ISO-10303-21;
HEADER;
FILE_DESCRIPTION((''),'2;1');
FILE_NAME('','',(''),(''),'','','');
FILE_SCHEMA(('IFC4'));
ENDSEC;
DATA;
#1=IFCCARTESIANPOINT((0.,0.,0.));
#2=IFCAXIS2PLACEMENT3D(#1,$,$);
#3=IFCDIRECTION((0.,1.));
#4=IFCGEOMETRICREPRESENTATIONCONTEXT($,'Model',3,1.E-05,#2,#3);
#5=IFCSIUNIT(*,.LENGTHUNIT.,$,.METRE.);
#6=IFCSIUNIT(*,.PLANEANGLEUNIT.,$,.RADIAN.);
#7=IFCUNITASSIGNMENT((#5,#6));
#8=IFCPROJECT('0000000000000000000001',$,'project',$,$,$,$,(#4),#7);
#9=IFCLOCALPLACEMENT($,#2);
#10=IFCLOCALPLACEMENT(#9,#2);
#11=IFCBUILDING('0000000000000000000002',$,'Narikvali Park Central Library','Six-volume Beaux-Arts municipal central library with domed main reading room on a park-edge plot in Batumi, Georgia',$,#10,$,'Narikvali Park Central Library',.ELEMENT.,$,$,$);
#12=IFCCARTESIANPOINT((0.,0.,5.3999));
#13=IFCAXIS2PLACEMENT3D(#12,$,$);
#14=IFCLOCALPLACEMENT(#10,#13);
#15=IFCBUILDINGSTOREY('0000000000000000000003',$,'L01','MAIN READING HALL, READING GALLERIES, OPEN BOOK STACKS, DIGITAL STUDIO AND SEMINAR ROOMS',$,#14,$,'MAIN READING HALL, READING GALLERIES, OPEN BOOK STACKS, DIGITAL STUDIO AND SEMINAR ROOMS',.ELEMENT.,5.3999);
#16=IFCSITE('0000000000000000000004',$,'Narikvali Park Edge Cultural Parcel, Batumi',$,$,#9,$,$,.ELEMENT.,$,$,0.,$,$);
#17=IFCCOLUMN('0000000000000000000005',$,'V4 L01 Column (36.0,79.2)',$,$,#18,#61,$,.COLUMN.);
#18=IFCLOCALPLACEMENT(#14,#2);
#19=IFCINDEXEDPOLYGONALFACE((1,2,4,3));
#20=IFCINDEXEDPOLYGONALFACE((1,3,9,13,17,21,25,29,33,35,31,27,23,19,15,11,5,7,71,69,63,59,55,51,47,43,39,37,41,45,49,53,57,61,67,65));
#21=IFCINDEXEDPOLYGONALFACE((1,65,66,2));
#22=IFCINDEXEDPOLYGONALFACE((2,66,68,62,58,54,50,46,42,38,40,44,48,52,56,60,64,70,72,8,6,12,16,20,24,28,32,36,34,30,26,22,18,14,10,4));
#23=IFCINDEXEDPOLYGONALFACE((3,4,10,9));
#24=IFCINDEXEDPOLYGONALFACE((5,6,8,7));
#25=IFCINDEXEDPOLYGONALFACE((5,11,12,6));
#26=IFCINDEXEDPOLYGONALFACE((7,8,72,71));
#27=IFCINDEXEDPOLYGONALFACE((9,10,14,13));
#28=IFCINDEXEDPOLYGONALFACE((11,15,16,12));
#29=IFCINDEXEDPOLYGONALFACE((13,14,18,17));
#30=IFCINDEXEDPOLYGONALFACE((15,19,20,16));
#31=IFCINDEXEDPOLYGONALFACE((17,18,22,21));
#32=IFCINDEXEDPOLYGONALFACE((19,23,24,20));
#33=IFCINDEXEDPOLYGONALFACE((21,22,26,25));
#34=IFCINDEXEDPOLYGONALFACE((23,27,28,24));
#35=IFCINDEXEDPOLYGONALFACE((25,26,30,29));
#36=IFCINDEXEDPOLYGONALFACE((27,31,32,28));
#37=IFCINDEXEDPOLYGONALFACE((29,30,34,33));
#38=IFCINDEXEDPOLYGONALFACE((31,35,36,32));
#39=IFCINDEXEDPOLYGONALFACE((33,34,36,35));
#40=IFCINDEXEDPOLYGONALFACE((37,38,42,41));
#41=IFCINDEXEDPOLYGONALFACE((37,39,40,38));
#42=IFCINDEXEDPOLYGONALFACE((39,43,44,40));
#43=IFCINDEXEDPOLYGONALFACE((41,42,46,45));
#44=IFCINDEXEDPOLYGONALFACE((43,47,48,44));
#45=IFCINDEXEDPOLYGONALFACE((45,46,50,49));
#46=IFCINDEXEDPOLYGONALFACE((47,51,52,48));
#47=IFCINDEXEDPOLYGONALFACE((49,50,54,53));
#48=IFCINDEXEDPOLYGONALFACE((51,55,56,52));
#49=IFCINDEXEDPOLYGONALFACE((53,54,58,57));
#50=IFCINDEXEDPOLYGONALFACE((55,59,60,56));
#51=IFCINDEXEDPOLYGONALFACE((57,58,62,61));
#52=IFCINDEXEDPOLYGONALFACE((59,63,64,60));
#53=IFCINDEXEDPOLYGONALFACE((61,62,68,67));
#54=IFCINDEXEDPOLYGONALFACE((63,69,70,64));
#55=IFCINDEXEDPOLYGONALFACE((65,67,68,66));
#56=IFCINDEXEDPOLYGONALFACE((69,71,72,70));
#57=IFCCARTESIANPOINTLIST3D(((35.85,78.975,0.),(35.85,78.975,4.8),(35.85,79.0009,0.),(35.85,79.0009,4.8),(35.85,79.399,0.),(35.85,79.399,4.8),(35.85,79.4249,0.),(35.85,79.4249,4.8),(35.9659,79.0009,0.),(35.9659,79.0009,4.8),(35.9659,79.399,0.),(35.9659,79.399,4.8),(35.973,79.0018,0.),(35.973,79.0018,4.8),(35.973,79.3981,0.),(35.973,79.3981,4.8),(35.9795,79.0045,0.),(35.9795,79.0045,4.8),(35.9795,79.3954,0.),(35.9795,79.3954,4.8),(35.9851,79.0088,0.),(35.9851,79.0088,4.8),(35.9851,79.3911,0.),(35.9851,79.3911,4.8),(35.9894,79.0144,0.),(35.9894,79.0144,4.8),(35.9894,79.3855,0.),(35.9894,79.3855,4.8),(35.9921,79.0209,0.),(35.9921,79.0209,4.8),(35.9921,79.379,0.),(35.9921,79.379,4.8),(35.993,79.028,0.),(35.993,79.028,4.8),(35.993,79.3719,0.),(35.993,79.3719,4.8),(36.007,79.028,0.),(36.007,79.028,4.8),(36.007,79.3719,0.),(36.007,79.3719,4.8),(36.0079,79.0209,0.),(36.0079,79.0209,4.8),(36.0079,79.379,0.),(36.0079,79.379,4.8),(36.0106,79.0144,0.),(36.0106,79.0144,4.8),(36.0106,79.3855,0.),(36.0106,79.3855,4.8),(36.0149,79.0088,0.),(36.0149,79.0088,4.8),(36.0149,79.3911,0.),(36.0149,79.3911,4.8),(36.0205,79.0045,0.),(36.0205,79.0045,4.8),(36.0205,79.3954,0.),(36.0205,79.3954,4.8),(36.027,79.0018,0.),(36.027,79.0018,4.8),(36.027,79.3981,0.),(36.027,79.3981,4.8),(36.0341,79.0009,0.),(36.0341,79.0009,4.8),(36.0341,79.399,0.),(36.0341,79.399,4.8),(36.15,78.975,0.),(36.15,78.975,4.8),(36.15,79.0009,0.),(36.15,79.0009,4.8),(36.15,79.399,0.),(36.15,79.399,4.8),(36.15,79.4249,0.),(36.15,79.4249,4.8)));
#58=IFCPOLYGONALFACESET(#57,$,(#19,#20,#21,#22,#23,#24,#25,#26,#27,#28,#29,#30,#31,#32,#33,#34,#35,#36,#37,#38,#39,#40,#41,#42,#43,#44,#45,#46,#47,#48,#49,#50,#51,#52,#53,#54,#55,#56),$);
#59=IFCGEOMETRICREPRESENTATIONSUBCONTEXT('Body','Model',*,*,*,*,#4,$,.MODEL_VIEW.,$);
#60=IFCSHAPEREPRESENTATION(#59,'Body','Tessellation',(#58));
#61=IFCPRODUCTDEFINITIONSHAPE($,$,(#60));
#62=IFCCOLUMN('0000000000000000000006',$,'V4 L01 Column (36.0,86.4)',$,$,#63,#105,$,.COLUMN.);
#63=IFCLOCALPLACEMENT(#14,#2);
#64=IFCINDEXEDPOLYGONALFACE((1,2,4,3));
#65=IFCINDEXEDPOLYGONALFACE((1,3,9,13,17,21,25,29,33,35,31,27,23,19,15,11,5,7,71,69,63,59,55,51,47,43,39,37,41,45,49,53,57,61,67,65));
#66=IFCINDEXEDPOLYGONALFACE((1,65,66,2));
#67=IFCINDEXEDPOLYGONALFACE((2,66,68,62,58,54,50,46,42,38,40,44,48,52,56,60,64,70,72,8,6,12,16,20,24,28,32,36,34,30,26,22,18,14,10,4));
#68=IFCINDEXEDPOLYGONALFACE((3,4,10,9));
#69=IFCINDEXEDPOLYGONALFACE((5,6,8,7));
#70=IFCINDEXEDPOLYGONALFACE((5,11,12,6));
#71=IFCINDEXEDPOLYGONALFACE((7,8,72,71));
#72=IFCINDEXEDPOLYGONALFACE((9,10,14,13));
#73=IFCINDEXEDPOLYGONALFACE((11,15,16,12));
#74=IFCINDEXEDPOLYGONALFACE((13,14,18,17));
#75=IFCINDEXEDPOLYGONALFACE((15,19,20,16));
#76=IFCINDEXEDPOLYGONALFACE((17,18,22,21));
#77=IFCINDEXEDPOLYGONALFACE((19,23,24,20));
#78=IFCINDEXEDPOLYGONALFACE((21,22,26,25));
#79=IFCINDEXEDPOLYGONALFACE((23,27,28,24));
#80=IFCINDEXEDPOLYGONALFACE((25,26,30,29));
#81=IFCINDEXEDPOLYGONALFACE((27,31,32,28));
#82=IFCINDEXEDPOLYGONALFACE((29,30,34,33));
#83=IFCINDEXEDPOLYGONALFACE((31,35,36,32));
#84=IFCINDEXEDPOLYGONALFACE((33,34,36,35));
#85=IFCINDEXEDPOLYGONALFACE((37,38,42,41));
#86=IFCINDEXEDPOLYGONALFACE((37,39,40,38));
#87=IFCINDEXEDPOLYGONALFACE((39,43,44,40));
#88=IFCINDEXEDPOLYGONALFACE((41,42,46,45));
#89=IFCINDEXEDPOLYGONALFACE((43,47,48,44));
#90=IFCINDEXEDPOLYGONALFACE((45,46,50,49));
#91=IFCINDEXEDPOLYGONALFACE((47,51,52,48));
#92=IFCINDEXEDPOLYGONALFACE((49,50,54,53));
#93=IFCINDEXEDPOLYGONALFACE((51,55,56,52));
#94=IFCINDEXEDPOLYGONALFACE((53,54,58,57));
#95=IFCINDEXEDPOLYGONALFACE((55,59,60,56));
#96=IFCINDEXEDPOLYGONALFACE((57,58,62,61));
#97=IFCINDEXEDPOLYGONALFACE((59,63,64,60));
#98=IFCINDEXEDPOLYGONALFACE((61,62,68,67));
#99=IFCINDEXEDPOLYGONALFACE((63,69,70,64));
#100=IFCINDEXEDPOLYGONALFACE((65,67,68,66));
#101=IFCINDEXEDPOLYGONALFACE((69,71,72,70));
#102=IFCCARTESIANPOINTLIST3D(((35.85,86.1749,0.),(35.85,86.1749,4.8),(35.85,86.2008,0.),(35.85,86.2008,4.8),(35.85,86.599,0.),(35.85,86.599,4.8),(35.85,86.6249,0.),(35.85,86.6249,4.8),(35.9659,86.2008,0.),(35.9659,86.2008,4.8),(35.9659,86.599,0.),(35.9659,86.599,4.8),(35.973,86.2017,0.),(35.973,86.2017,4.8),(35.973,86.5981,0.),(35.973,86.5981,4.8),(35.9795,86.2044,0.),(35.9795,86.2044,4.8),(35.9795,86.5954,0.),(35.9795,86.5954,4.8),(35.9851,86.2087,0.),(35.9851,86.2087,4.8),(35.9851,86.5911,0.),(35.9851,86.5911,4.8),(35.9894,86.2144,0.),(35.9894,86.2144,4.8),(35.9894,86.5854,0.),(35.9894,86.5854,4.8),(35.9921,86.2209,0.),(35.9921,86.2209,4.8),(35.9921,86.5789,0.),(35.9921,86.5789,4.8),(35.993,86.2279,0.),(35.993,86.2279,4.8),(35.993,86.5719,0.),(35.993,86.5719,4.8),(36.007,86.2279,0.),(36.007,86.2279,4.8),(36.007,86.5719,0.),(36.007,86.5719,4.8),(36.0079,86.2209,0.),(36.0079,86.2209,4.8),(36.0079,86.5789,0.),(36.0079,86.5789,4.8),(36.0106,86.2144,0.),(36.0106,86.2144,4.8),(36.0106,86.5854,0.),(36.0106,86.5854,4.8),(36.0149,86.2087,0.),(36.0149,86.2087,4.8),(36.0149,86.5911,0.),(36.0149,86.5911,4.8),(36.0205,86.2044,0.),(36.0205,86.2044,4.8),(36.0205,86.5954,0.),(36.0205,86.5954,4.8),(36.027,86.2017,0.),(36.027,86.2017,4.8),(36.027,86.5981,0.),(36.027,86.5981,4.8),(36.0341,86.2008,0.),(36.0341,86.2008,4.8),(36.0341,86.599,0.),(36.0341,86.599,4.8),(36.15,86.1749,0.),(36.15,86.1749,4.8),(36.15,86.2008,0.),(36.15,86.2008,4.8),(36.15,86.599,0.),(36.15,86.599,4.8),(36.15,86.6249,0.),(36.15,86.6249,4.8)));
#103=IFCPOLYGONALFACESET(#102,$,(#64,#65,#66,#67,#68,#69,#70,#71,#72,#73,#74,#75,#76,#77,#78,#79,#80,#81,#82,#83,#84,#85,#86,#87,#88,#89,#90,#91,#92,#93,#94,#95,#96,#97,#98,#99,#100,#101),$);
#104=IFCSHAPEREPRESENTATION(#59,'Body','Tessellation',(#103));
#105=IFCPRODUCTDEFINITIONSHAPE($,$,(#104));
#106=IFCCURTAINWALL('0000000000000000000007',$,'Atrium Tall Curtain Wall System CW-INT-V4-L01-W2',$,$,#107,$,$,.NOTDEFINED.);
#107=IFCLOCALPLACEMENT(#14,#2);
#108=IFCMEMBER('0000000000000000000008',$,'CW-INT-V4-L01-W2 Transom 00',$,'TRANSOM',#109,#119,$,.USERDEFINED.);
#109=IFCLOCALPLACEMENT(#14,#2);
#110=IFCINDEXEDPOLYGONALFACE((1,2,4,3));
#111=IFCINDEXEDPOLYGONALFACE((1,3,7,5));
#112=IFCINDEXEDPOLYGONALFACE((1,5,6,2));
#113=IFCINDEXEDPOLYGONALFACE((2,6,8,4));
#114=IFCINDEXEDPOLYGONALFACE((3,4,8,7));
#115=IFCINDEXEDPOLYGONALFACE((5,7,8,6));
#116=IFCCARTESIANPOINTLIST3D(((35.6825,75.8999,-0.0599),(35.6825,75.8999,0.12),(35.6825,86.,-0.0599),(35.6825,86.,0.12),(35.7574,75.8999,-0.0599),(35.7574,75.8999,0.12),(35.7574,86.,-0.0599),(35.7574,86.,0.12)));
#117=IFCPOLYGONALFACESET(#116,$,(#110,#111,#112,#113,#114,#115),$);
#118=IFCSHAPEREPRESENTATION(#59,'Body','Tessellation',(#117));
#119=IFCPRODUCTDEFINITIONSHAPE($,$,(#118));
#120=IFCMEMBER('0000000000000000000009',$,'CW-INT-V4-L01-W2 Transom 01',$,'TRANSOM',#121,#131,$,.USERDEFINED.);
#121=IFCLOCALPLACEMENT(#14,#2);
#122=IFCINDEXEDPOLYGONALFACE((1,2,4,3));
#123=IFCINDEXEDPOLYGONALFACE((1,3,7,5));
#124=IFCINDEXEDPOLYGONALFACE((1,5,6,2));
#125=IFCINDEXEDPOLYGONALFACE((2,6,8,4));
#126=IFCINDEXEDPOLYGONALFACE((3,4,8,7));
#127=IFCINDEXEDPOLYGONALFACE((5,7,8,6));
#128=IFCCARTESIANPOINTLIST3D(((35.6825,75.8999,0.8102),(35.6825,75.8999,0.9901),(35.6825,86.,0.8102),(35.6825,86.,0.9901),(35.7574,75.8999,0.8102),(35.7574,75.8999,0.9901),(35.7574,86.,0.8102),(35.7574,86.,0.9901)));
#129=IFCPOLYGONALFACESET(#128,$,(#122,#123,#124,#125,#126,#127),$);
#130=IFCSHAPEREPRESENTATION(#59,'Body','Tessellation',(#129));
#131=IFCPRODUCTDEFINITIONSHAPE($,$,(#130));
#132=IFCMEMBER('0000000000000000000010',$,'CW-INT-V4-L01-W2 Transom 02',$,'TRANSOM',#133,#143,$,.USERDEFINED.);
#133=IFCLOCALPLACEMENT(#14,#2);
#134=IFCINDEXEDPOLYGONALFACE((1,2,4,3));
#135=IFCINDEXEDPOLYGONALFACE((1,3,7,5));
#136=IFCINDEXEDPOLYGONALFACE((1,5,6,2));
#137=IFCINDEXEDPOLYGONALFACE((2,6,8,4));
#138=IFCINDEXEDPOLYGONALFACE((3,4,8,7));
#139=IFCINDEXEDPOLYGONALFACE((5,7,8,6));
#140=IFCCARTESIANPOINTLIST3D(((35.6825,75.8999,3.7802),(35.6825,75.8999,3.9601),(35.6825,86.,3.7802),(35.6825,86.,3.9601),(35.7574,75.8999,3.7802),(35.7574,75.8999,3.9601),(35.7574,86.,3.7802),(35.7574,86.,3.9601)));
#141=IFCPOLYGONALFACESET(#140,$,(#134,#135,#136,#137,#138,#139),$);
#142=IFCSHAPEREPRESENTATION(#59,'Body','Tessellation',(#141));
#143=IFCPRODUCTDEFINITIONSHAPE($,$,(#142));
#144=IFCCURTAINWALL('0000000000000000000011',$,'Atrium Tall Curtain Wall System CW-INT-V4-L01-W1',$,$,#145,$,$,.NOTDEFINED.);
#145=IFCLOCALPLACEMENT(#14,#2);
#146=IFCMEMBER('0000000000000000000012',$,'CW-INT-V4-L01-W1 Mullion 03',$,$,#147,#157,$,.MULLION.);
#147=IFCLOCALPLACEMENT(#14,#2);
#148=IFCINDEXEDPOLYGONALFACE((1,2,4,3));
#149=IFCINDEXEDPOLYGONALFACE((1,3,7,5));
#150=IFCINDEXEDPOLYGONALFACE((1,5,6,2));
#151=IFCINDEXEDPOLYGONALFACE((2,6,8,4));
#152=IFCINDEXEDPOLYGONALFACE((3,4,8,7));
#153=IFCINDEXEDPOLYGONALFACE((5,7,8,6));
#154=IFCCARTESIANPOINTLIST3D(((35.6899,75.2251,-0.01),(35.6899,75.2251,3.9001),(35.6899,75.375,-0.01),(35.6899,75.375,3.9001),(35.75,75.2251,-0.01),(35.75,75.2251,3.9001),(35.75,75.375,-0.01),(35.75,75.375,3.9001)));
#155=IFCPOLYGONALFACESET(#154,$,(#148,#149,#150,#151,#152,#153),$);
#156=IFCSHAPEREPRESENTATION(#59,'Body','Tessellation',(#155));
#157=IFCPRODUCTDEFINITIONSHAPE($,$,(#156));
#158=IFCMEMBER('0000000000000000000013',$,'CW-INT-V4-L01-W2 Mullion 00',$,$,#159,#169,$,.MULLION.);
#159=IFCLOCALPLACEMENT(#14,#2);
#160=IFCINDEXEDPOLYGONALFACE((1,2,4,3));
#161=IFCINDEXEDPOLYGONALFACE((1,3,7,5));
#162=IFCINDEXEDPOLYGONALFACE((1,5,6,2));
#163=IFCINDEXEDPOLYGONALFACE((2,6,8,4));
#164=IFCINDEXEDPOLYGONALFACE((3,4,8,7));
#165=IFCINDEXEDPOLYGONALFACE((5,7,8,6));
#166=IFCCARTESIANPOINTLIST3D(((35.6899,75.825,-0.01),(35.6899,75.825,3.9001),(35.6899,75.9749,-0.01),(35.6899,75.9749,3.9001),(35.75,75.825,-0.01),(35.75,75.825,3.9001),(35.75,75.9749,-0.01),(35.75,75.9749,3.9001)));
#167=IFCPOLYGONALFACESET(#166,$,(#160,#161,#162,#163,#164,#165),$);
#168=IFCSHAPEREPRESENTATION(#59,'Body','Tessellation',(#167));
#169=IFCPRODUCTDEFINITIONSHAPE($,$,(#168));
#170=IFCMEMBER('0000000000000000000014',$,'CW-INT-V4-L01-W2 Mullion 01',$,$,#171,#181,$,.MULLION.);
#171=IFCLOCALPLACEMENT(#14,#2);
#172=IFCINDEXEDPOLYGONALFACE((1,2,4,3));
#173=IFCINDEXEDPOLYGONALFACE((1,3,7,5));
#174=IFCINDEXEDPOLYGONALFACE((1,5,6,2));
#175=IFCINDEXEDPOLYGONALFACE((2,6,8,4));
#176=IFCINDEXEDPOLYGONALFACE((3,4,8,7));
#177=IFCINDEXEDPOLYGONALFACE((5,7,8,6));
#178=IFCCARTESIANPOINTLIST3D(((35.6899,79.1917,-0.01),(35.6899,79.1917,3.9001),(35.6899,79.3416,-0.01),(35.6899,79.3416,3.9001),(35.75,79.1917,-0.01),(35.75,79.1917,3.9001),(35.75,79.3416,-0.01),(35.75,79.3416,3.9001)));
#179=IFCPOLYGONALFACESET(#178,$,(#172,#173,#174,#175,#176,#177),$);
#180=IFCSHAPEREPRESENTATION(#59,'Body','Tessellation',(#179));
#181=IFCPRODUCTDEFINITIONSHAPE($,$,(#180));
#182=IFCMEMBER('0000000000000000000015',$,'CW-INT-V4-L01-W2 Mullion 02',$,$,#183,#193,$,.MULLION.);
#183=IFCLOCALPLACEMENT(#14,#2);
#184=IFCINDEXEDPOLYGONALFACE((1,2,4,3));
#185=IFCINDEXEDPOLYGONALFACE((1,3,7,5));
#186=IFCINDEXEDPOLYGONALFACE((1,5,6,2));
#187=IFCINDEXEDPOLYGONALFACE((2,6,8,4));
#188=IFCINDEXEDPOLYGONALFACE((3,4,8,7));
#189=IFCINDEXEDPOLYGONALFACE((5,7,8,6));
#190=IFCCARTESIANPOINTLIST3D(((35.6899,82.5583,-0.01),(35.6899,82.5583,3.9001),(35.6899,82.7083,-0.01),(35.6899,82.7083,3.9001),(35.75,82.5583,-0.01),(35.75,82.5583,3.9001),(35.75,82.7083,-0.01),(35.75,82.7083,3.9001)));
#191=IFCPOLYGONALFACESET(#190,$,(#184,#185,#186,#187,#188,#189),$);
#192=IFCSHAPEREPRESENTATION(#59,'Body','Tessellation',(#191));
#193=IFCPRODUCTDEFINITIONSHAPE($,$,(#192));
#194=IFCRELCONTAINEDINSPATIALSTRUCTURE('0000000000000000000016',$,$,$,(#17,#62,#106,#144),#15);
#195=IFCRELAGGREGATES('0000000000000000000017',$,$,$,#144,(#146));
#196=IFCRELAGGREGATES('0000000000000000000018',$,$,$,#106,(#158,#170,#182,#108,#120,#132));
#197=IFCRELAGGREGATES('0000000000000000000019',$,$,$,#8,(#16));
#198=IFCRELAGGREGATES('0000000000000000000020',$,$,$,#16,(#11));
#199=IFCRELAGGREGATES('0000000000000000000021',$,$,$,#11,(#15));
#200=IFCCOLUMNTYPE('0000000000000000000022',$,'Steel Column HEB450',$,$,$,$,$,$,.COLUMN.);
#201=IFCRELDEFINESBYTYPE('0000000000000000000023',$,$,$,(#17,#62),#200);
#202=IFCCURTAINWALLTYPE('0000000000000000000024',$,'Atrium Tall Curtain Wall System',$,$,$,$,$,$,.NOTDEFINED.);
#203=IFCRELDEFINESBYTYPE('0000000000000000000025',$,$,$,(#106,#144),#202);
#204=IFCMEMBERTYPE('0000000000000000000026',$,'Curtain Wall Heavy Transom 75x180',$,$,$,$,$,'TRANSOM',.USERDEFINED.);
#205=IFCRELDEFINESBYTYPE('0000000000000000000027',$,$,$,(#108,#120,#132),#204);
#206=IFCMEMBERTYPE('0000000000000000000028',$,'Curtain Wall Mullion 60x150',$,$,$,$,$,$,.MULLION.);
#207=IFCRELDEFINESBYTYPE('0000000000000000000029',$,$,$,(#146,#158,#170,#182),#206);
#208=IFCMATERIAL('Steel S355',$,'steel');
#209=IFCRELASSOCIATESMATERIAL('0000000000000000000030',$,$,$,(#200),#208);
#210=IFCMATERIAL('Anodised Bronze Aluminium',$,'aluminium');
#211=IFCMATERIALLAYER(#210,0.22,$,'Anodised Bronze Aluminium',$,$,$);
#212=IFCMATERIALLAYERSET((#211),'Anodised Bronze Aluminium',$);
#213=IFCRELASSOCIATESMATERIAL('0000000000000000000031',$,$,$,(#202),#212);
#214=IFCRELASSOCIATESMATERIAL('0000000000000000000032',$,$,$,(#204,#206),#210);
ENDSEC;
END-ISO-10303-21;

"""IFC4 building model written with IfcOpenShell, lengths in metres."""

from ifc_helpers import new_model, si_unit, direction, frame, origin, origin_2d, place, context, subcontext, project, spatial, rectangle, i_section, extrude, material, layer, layer_set, material_profile, profile_set, type_object, element, aggregate, save


model = new_model("IFC4")

# Units and contexts
model_context = context("Model", 3, precision=1e-05, world=origin(), true_north=direction((0.0, 1.0)))
body_context = subcontext(model_context, "Body", "Model", "MODEL_VIEW")
ifc_project = project(units=[si_unit("LENGTHUNIT", "METRE"), si_unit("PLANEANGLEUNIT", "RADIAN")], contexts=[model_context])

# Site, building, storey
site_placement = place(None, origin())
site = spatial("IfcSite", under=ifc_project, at=site_placement, Name="Narikvali Park Edge Cultural Parcel, Batumi", CompositionType="ELEMENT", RefElevation=0.0)
building_placement = place(site_placement, origin())
building = spatial("IfcBuilding", under=site, at=building_placement, Name="Narikvali Park Central Library", Description="Six-volume Beaux-Arts municipal central library with domed main reading room on a park-edge plot in Batumi, Georgia", LongName="Narikvali Park Central Library", CompositionType="ELEMENT")
storey_placement = place(building_placement, frame((0.0, 0.0, 5.3999)))
storey = spatial("IfcBuildingStorey", under=building, at=storey_placement, Name="L01", Description="MAIN READING HALL, READING GALLERIES, OPEN BOOK STACKS, DIGITAL STUDIO AND SEMINAR ROOMS", LongName="MAIN READING HALL, READING GALLERIES, OPEN BOOK STACKS, DIGITAL STUDIO AND SEMINAR ROOMS", CompositionType="ELEMENT", Elevation=5.3999)

# Columns
ifc_material_1 = material(Name="Steel S355", Category="steel")
ifc_material_profile_1 = material_profile(ifc_material_1, i_section(OverallWidth=0.3, OverallDepth=0.45, WebThickness=0.0139, FlangeThickness=0.0259, FilletRadius=0.0271, at=origin_2d()), Name="HEB 450")
ifc_profile_set_1 = profile_set([ifc_material_profile_1], Name="Steel S355")
column_type = type_object("IfcColumnType", Name="Steel Column HEB450", PredefinedType="COLUMN", material=ifc_profile_set_1)
for number, where, z_axis, x_axis, name in (
    (1, (36.0, 79.2, 0.0), (0.0, 0.0, 1.0), (1.0, 0.0, 0.0), "V4 L01 Column (36.0,79.2)"),
    (2, (36.0, 86.3999, 0.0), (0.0, 0.0, 1.0), (1.0, 0.0, 0.0), "V4 L01 Column (36.0,86.4)"),
):
    element("IfcColumn", number, at=place(storey_placement, frame(where, z_axis=z_axis, x_axis=x_axis)), inside=storey, type_object=column_type, Name=name, PredefinedType="COLUMN", context=body_context, shape_type="SweptSolid", body=[
        extrude(i_section(OverallWidth=0.3, OverallDepth=0.45, WebThickness=0.0139, FlangeThickness=0.0259, FilletRadius=0.0271, at=origin_2d()), origin(), (0.0, 0.0, 1.0), 4.8),
    ])

# Curtain wall, members
ifc_material_2 = material(Name="Anodised Bronze Aluminium", Category="aluminium")
ifc_layer_1 = layer(ifc_material_2, 0.22, Name="Anodised Bronze Aluminium")
ifc_layer_set_1 = layer_set([ifc_layer_1], Name="Anodised Bronze Aluminium")
curtain_wall_type = type_object("IfcCurtainWallType", Name="Atrium Tall Curtain Wall System", PredefinedType="NOTDEFINED", material=ifc_layer_set_1)
curtain_wall_1_placement = place(storey_placement, origin())
curtain_wall_1 = element("IfcCurtainWall", 3, at=curtain_wall_1_placement, inside=storey, type_object=curtain_wall_type, Name="Atrium Tall Curtain Wall System CW-INT-V4-L01-W2", PredefinedType="NOTDEFINED")
ifc_material_profile_2 = material_profile(ifc_material_2, rectangle(XDim=0.075, YDim=0.1799, at=origin_2d()), Name="CW TRANSOM 75x180")
ifc_profile_set_2 = profile_set([ifc_material_profile_2], Name="Anodised Bronze Aluminium")
member_type_1 = type_object("IfcMemberType", Name="Curtain Wall Heavy Transom 75x180", ElementType="TRANSOM", PredefinedType="USERDEFINED", material=ifc_profile_set_2)
member_1_placement = place(storey_placement, frame((35.72, 75.8999, 0.03), z_axis=(0.0, 1.0, 0.0), x_axis=(-1.0, 0.0, 0.0)))
member_1 = element("IfcMember", 4, at=member_1_placement, type_object=member_type_1, Name="CW-INT-V4-L01-W2 Transom 00", ObjectType="TRANSOM", PredefinedType="USERDEFINED", context=body_context, shape_type="SweptSolid", body=[
    extrude(rectangle(XDim=0.075, YDim=0.1799, at=origin_2d()), origin(), (0.0, 0.0, 1.0), 10.1001),
])
member_2_placement = place(storey_placement, frame((35.72, 75.8999, 0.9001), z_axis=(0.0, 1.0, 0.0), x_axis=(-1.0, 0.0, 0.0)))
member_2 = element("IfcMember", 5, at=member_2_placement, type_object=member_type_1, Name="CW-INT-V4-L01-W2 Transom 01", ObjectType="TRANSOM", PredefinedType="USERDEFINED", context=body_context, shape_type="SweptSolid", body=[
    extrude(rectangle(XDim=0.075, YDim=0.1799, at=origin_2d()), origin(), (0.0, 0.0, 1.0), 10.1001),
])
member_3_placement = place(storey_placement, frame((35.72, 75.8999, 3.8701), z_axis=(0.0, 1.0, 0.0), x_axis=(-1.0, 0.0, 0.0)))
member_3 = element("IfcMember", 6, at=member_3_placement, type_object=member_type_1, Name="CW-INT-V4-L01-W2 Transom 02", ObjectType="TRANSOM", PredefinedType="USERDEFINED", context=body_context, shape_type="SweptSolid", body=[
    extrude(rectangle(XDim=0.075, YDim=0.1799, at=origin_2d()), origin(), (0.0, 0.0, 1.0), 10.1001),
])

# Curtain wall, member
curtain_wall_2_placement = place(storey_placement, origin())
curtain_wall_2 = element("IfcCurtainWall", 7, at=curtain_wall_2_placement, inside=storey, type_object=curtain_wall_type, Name="Atrium Tall Curtain Wall System CW-INT-V4-L01-W1", PredefinedType="NOTDEFINED")
ifc_material_profile_3 = material_profile(ifc_material_2, rectangle(XDim=0.0601, YDim=0.1499, at=origin_2d()), Name="CW MULLION 60x150")
ifc_profile_set_3 = profile_set([ifc_material_profile_3], Name="Anodised Bronze Aluminium")
member_type_2 = type_object("IfcMemberType", Name="Curtain Wall Mullion 60x150", PredefinedType="MULLION", material=ifc_profile_set_3)
member_4_placement = place(storey_placement, frame((35.72, 75.3, -0.01), z_axis=(0.0, 0.0, 1.0), x_axis=(1.0, 0.0, 0.0)))
member_4 = element("IfcMember", 8, at=member_4_placement, type_object=member_type_2, Name="CW-INT-V4-L01-W1 Mullion 03", PredefinedType="MULLION", context=body_context, shape_type="SweptSolid", body=[
    extrude(rectangle(XDim=0.0601, YDim=0.1499, at=origin_2d()), origin(), (0.0, 0.0, 1.0), 3.9102),
])

# Members
member_5_placement = place(storey_placement, frame((35.72, 75.8999, -0.01), z_axis=(0.0, 0.0, 1.0), x_axis=(1.0, 0.0, 0.0)))
member_5 = element("IfcMember", 9, at=member_5_placement, type_object=member_type_2, Name="CW-INT-V4-L01-W2 Mullion 00", PredefinedType="MULLION", context=body_context, shape_type="SweptSolid", body=[
    extrude(rectangle(XDim=0.0601, YDim=0.1499, at=origin_2d()), origin(), (0.0, 0.0, 1.0), 3.9102),
])
member_6_placement = place(storey_placement, frame((35.72, 79.2666, -0.01), z_axis=(0.0, 0.0, 1.0), x_axis=(1.0, 0.0, 0.0)))
member_6 = element("IfcMember", 10, at=member_6_placement, type_object=member_type_2, Name="CW-INT-V4-L01-W2 Mullion 01", PredefinedType="MULLION", context=body_context, shape_type="SweptSolid", body=[
    extrude(rectangle(XDim=0.0601, YDim=0.1499, at=origin_2d()), origin(), (0.0, 0.0, 1.0), 3.9102),
])
member_7_placement = place(storey_placement, frame((35.72, 82.6333, -0.01), z_axis=(0.0, 0.0, 1.0), x_axis=(1.0, 0.0, 0.0)))
member_7 = element("IfcMember", 11, at=member_7_placement, type_object=member_type_2, Name="CW-INT-V4-L01-W2 Mullion 02", PredefinedType="MULLION", context=body_context, shape_type="SweptSolid", body=[
    extrude(rectangle(XDim=0.0601, YDim=0.1499, at=origin_2d()), origin(), (0.0, 0.0, 1.0), 3.9102),
])

aggregate(curtain_wall_2, [member_4])
aggregate(curtain_wall_1, [member_5, member_6, member_7, member_1, member_2, member_3])

save(model, "model.ifc")
